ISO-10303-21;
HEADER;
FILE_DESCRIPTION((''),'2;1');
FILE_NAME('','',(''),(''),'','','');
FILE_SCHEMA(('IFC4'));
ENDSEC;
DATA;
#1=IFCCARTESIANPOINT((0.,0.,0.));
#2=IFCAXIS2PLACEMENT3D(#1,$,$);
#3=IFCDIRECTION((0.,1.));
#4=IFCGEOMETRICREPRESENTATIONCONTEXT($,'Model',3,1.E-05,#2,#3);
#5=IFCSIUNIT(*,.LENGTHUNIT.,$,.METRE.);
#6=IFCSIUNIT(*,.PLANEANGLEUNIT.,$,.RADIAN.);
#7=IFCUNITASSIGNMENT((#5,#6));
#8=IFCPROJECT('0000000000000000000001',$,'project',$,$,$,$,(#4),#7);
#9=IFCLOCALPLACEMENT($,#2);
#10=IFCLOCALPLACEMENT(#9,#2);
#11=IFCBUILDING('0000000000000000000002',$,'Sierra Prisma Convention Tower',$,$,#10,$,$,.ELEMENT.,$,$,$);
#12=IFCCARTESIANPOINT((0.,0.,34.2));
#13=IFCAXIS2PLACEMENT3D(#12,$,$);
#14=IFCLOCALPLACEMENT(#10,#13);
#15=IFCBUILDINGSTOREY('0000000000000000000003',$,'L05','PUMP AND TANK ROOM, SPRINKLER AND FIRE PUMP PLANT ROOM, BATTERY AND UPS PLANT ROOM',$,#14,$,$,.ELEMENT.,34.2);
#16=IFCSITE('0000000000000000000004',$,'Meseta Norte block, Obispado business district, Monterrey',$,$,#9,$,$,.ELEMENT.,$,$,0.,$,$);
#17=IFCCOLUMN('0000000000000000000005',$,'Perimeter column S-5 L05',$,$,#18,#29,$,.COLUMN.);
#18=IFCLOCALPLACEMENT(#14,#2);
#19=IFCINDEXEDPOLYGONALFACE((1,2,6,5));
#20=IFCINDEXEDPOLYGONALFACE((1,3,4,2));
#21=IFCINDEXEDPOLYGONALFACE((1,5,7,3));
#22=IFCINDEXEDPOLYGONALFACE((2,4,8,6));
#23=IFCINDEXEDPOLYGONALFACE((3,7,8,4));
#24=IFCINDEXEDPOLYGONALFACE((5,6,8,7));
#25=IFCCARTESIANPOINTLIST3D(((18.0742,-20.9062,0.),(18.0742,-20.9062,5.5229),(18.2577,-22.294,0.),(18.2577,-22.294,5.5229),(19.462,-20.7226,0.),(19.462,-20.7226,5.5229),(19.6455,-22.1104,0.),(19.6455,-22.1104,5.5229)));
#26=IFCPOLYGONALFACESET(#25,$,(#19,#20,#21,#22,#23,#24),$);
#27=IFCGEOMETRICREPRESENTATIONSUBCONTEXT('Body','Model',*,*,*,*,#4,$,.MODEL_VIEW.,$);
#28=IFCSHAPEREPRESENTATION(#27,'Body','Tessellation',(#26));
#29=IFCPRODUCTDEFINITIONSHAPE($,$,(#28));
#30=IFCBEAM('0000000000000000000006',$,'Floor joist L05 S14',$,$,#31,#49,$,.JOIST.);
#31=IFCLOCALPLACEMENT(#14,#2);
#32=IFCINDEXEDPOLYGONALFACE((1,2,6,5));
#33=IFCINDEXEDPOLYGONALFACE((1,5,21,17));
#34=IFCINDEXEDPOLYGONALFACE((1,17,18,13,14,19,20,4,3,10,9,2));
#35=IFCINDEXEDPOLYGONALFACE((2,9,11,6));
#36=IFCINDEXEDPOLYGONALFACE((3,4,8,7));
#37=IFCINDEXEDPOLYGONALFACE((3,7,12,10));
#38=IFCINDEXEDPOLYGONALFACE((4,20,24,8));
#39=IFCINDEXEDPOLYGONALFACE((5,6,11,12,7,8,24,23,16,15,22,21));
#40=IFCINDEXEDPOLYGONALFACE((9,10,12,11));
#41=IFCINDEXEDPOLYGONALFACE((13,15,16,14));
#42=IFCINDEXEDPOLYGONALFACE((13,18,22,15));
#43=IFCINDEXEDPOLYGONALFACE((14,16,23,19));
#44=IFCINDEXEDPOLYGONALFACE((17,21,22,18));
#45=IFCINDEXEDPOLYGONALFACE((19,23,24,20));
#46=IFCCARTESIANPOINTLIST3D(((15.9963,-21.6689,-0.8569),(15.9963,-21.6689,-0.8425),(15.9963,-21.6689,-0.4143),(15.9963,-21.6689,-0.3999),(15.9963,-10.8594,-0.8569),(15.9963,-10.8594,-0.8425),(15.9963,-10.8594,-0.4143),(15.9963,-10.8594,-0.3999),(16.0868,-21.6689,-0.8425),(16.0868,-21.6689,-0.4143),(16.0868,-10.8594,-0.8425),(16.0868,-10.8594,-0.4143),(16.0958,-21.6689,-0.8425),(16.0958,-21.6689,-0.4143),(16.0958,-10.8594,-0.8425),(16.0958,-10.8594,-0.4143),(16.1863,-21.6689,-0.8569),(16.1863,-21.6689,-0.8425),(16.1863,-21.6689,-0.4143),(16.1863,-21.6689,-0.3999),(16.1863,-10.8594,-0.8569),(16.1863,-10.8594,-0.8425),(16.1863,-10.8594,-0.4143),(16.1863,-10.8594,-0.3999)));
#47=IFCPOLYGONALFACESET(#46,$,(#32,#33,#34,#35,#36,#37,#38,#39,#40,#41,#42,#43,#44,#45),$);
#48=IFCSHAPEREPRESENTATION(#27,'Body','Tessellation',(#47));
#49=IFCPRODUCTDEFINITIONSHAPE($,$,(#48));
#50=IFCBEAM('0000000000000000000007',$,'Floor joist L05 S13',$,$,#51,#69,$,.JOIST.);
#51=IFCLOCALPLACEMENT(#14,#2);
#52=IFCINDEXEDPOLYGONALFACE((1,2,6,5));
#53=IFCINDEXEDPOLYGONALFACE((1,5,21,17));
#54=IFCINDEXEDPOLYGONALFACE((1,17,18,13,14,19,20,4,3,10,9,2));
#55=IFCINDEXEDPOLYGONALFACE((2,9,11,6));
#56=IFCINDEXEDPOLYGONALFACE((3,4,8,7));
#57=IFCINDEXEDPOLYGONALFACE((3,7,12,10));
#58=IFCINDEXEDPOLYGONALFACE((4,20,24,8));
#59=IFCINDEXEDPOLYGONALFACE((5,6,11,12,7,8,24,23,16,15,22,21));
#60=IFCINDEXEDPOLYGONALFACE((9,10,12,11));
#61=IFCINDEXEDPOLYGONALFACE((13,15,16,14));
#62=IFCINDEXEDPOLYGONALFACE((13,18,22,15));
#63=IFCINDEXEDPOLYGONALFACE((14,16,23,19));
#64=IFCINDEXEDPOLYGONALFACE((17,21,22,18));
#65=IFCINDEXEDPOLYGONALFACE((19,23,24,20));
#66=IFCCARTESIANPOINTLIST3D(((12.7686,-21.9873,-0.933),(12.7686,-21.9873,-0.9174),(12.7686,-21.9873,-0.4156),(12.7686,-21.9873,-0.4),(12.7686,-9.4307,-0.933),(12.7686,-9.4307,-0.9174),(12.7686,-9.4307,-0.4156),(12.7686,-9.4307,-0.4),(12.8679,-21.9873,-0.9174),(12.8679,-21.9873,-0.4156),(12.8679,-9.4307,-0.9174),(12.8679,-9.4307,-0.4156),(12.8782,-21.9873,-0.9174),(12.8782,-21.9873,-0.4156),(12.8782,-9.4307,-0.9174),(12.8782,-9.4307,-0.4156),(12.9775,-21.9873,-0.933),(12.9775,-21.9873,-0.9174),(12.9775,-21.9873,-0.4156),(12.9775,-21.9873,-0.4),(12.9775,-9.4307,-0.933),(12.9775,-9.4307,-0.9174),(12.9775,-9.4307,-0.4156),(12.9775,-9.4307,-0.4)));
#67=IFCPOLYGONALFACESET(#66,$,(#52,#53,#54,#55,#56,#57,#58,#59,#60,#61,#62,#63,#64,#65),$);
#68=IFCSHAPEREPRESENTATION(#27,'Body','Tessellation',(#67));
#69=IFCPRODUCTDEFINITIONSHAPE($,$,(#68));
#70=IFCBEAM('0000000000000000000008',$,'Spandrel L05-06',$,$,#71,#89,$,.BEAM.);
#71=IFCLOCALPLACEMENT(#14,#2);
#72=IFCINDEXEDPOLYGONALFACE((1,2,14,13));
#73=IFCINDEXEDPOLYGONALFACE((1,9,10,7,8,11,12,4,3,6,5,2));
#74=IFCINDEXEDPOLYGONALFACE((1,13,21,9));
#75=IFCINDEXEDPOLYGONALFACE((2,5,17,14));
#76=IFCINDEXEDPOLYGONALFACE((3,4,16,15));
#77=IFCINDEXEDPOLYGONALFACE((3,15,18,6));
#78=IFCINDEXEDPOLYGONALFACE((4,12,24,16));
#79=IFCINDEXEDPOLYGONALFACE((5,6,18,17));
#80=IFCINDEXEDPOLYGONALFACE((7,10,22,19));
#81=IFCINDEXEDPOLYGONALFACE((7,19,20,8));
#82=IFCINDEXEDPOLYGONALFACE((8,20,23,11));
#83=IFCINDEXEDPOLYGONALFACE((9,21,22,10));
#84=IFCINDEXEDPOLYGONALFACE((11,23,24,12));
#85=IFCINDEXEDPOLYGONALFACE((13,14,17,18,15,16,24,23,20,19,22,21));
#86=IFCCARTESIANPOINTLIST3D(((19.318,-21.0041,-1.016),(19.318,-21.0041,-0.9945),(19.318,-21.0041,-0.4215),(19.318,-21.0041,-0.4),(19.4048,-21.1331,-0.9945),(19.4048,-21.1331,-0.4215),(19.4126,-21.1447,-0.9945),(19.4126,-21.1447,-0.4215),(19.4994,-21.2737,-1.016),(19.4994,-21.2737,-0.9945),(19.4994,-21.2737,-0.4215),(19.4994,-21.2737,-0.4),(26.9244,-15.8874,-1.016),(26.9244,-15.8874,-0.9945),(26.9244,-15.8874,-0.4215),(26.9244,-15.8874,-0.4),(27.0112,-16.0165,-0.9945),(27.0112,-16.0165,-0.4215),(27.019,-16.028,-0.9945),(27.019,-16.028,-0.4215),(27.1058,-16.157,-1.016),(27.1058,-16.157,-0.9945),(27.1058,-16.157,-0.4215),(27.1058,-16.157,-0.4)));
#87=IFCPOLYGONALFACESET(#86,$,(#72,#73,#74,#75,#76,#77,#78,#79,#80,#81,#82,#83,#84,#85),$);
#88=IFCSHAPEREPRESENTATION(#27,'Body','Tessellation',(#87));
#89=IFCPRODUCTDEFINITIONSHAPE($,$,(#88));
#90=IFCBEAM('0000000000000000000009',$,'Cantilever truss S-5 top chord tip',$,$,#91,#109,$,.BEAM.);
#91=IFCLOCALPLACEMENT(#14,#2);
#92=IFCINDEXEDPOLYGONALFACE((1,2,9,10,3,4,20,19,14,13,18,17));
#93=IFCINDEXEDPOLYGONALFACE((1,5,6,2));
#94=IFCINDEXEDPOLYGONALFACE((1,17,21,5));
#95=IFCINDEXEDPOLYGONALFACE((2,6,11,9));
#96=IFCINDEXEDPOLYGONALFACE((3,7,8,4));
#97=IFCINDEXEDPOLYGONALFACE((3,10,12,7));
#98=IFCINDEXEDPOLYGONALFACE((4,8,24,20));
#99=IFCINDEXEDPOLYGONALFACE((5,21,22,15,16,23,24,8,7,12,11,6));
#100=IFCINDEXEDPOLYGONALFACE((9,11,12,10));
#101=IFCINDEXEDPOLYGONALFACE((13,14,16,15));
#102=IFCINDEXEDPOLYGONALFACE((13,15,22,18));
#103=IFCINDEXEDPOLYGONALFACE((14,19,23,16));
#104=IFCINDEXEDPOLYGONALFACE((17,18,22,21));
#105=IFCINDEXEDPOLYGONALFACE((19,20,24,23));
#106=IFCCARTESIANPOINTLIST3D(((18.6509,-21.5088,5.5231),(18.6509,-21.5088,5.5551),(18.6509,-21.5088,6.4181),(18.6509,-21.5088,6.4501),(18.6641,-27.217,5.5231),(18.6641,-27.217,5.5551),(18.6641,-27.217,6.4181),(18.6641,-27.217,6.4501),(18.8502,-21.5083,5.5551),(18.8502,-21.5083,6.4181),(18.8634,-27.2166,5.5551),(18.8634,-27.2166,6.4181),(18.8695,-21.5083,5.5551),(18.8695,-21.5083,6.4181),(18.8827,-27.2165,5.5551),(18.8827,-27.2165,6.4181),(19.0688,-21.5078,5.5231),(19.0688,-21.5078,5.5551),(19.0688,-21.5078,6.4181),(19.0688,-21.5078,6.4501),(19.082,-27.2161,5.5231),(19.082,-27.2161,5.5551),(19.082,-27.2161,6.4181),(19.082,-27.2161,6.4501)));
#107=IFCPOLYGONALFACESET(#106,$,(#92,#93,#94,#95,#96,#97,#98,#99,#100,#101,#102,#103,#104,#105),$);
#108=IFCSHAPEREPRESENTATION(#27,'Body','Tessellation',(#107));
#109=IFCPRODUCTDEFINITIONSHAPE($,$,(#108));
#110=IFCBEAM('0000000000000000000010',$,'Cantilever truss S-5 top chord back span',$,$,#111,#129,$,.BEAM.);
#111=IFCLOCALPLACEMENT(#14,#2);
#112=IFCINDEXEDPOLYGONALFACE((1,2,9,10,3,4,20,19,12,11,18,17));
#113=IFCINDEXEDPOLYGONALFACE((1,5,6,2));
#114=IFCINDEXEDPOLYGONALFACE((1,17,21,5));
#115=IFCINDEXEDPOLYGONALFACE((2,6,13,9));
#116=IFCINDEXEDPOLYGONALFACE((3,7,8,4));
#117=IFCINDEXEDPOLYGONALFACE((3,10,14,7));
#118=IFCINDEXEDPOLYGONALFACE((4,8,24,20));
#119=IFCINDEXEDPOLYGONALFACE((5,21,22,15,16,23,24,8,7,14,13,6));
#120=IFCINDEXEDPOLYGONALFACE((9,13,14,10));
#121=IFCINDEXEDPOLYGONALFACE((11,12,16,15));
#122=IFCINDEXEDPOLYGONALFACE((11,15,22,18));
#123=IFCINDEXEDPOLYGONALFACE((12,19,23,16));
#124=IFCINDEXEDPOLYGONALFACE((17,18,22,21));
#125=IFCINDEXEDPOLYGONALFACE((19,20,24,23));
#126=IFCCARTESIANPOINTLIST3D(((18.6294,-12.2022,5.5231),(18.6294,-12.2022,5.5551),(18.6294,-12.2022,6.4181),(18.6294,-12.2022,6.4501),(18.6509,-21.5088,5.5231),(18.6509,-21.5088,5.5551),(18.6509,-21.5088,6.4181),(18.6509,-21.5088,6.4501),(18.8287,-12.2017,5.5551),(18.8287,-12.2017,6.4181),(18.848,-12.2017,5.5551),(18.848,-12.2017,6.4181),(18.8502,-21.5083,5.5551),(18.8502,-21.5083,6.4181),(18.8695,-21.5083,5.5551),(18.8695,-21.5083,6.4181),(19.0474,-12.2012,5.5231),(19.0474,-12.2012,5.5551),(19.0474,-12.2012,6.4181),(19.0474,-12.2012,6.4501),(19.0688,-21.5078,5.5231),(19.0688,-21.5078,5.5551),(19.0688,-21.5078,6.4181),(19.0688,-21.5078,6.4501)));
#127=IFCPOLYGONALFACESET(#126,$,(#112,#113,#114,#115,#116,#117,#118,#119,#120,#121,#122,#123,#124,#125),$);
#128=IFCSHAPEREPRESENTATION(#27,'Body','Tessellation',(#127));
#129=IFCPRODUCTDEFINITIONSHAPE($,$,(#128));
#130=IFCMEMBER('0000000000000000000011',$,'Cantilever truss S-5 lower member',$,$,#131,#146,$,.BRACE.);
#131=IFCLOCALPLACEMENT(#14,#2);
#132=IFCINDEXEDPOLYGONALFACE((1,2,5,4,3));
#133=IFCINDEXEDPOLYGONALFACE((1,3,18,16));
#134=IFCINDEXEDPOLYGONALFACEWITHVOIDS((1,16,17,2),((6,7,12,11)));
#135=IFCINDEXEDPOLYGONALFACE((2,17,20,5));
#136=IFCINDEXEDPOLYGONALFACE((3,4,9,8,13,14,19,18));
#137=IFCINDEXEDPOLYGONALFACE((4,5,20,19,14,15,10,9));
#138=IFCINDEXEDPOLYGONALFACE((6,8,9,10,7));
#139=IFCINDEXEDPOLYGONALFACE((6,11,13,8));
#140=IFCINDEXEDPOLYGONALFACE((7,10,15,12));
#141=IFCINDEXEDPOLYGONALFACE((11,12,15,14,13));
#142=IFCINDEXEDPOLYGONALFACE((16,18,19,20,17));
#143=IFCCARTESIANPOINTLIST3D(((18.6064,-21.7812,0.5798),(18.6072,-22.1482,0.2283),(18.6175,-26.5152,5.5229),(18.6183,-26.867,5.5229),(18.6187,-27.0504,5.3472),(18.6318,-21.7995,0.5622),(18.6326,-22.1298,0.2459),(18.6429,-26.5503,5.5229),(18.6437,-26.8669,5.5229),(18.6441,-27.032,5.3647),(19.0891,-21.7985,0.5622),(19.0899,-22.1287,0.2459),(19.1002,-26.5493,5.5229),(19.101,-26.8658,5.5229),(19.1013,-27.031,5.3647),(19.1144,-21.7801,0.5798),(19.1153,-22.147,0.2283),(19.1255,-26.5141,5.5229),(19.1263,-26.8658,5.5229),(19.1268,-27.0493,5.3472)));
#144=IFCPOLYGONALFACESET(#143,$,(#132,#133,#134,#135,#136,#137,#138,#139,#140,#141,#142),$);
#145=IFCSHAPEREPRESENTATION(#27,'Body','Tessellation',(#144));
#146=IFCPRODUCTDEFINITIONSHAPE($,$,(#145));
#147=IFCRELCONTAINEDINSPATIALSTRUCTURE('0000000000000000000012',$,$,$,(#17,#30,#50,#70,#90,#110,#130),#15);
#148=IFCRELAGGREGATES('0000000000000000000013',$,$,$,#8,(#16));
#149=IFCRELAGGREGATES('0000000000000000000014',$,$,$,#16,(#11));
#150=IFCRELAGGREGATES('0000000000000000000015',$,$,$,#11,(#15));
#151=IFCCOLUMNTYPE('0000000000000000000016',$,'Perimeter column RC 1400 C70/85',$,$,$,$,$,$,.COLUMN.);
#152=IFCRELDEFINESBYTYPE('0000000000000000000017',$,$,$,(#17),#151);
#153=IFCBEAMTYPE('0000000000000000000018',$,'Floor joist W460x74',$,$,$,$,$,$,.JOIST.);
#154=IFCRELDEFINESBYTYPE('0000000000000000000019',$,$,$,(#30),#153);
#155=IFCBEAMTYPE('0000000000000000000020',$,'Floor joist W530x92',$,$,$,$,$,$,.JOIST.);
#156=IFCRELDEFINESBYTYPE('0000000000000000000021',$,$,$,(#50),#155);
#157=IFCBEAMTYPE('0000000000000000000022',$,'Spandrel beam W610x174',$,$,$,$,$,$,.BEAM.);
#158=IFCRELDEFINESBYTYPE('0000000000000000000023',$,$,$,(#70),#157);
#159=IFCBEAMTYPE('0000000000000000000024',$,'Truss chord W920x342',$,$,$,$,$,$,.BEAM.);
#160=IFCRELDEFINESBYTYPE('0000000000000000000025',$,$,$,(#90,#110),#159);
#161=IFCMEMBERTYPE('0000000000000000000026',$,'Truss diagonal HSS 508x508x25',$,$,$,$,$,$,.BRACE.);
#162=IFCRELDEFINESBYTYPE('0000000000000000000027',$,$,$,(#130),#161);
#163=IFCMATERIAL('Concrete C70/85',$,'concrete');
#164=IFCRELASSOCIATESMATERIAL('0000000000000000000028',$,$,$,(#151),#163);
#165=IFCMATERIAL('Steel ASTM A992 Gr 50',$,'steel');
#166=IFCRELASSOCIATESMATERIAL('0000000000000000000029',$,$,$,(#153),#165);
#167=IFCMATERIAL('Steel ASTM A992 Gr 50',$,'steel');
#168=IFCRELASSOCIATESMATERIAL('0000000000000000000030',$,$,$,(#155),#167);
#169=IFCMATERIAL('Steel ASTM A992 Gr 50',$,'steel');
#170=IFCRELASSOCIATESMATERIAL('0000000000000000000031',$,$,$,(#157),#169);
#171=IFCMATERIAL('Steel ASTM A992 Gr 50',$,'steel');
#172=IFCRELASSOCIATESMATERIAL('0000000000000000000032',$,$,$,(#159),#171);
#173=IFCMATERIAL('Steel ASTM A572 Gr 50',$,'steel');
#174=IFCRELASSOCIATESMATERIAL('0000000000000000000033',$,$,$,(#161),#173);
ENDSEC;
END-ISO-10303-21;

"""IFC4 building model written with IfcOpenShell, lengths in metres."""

from ifc_helpers import new_model, si_unit, direction, frame, origin, origin_2d, place, context, subcontext, project, spatial, rectangle, hollow_rectangle, i_section, extrude, clip, halfspace, material, material_profile, profile_set, type_object, element, save


model = new_model("IFC4")

# Units and contexts
model_context = context("Model", 3, precision=1e-05, world=origin(), true_north=direction((0.0, 1.0)))
body_context = subcontext(model_context, "Body", "Model", "MODEL_VIEW")
ifc_project = project(units=[si_unit("LENGTHUNIT", "METRE"), si_unit("PLANEANGLEUNIT", "RADIAN")], contexts=[model_context])

# Site, building, storey
site_placement = place(None, origin())
site = spatial("IfcSite", under=ifc_project, at=site_placement, Name="Meseta Norte block, Obispado business district, Monterrey", CompositionType="ELEMENT", RefElevation=0.0)
building_placement = place(site_placement, origin())
building = spatial("IfcBuilding", under=site, at=building_placement, Name="Sierra Prisma Convention Tower", CompositionType="ELEMENT")
storey_placement = place(building_placement, frame((0.0, 0.0, 34.2)))
storey = spatial("IfcBuildingStorey", under=building, at=storey_placement, Name="L05", Description="PUMP AND TANK ROOM, SPRINKLER AND FIRE PUMP PLANT ROOM, BATTERY AND UPS PLANT ROOM", CompositionType="ELEMENT", Elevation=34.2)

# Column
ifc_material_1 = material(Name="Concrete C70/85", Category="concrete")
ifc_material_profile_1 = material_profile(ifc_material_1, rectangle(XDim=1.3999, YDim=1.3999, at=origin_2d()), Name="Perimeter column RC 1400 C70/85")
ifc_profile_set_1 = profile_set([ifc_material_profile_1], Name="Concrete C70/85")
column_type = type_object("IfcColumnType", Name="Perimeter column RC 1400 C70/85", PredefinedType="COLUMN", material=ifc_profile_set_1)
column_placement = place(storey_placement, frame((18.8599, -21.5083, 0.0), z_axis=(0.0, 0.0, 1.0), x_axis=(0.991367, 0.131115, 0.0)))
element("IfcColumn", 1, at=column_placement, inside=storey, type_object=column_type, Name="Perimeter column S-5 L05", PredefinedType="COLUMN", context=body_context, shape_type="SweptSolid", body=[
    extrude(rectangle(XDim=1.3999, YDim=1.3999, at=origin_2d()), origin(), (0.0, 0.0, 1.0), 5.5229),
])

# Beams
ifc_material_2 = material(Name="Steel ASTM A992 Gr 50", Category="steel")
ifc_material_profile_2 = material_profile(ifc_material_2, i_section(OverallWidth=0.1899, OverallDepth=0.457, WebThickness=0.009, FlangeThickness=0.0144, at=origin_2d()), Name="W460x74")
ifc_profile_set_2 = profile_set([ifc_material_profile_2], Name="Steel ASTM A992 Gr 50")
beam_type_1 = type_object("IfcBeamType", Name="Floor joist W460x74", PredefinedType="JOIST", material=ifc_profile_set_2)
beam_1_placement = place(storey_placement, frame((16.0913, -21.6689, -0.6284), z_axis=(0.0, 1.0, 0.0), x_axis=(-1.0, 0.0, 0.0)))
element("IfcBeam", 2, at=beam_1_placement, inside=storey, type_object=beam_type_1, Name="Floor joist L05 S14", PredefinedType="JOIST", context=body_context, shape_type="SweptSolid", body=[
    extrude(i_section(OverallWidth=0.1899, OverallDepth=0.457, WebThickness=0.009, FlangeThickness=0.0144, at=origin_2d()), origin(), (0.0, 0.0, 1.0), 10.8096),
])
ifc_material_3 = material(Name="Steel ASTM A992 Gr 50", Category="steel")
ifc_material_profile_3 = material_profile(ifc_material_3, i_section(OverallWidth=0.209, OverallDepth=0.533, WebThickness=0.0103, FlangeThickness=0.0156, at=origin_2d()), Name="W530x92")
ifc_profile_set_3 = profile_set([ifc_material_profile_3], Name="Steel ASTM A992 Gr 50")
beam_type_2 = type_object("IfcBeamType", Name="Floor joist W530x92", PredefinedType="JOIST", material=ifc_profile_set_3)
beam_2_placement = place(storey_placement, frame((12.873, -21.9873, -0.6665), z_axis=(0.0, 1.0, 0.0), x_axis=(-1.0, 0.0, 0.0)))
element("IfcBeam", 3, at=beam_2_placement, inside=storey, type_object=beam_type_2, Name="Floor joist L05 S13", PredefinedType="JOIST", context=body_context, shape_type="SweptSolid", body=[
    extrude(i_section(OverallWidth=0.209, OverallDepth=0.533, WebThickness=0.0103, FlangeThickness=0.0156, at=origin_2d()), origin(), (0.0, 0.0, 1.0), 12.5566),
])
ifc_material_4 = material(Name="Steel ASTM A992 Gr 50", Category="steel")
ifc_material_profile_4 = material_profile(ifc_material_4, i_section(OverallWidth=0.325, OverallDepth=0.616, WebThickness=0.0139, FlangeThickness=0.0215, at=origin_2d()), Name="W610x174")
ifc_profile_set_4 = profile_set([ifc_material_profile_4], Name="Steel ASTM A992 Gr 50")
beam_type_3 = type_object("IfcBeamType", Name="Spandrel beam W610x174", PredefinedType="BEAM", material=ifc_profile_set_4)
beam_3_placement = place(storey_placement, frame((19.4087, -21.1389, -0.708), z_axis=(0.82974, 0.558149, 0.0), x_axis=(-0.558149, 0.82974, 0.0)))
element("IfcBeam", 4, at=beam_3_placement, inside=storey, type_object=beam_type_3, Name="Spandrel L05-06", PredefinedType="BEAM", context=body_context, shape_type="SweptSolid", body=[
    extrude(i_section(OverallWidth=0.325, OverallDepth=0.616, WebThickness=0.0139, FlangeThickness=0.0215, at=origin_2d()), origin(), (0.0, 0.0, 1.0), 9.1672),
])
ifc_material_5 = material(Name="Steel ASTM A992 Gr 50", Category="steel")
ifc_material_profile_5 = material_profile(ifc_material_5, i_section(OverallWidth=0.418, OverallDepth=0.927, WebThickness=0.0193, FlangeThickness=0.032, at=origin_2d()), Name="W920x342")
ifc_profile_set_5 = profile_set([ifc_material_profile_5], Name="Steel ASTM A992 Gr 50")
beam_type_4 = type_object("IfcBeamType", Name="Truss chord W920x342", PredefinedType="BEAM", material=ifc_profile_set_5)
beam_4_placement = place(storey_placement, frame((18.873, -27.2166, 5.9866), z_axis=(-0.00231, 0.999997, 0.0), x_axis=(-0.999997, -0.00231, 0.0)))
element("IfcBeam", 5, at=beam_4_placement, inside=storey, type_object=beam_type_4, Name="Cantilever truss S-5 top chord tip", PredefinedType="BEAM", context=body_context, shape_type="SweptSolid", body=[
    extrude(i_section(OverallWidth=0.418, OverallDepth=0.927, WebThickness=0.0193, FlangeThickness=0.032, at=origin_2d()), origin(), (0.0, 0.0, 1.0), 5.7083),
])
beam_5_placement = place(storey_placement, frame((18.8599, -21.5083, 5.9866), z_axis=(-0.002308, 0.999997, 0.0), x_axis=(-0.999997, -0.002308, 0.0)))
element("IfcBeam", 6, at=beam_5_placement, inside=storey, type_object=beam_type_4, Name="Cantilever truss S-5 top chord back span", PredefinedType="BEAM", context=body_context, shape_type="SweptSolid", body=[
    extrude(i_section(OverallWidth=0.418, OverallDepth=0.927, WebThickness=0.0193, FlangeThickness=0.032, at=origin_2d()), origin(), (0.0, 0.0, 1.0), 9.3066),
])

# Member
ifc_material_6 = material(Name="Steel ASTM A572 Gr 50", Category="steel")
ifc_material_profile_6 = material_profile(ifc_material_6, hollow_rectangle(XDim=0.5081, YDim=0.5081, WallThickness=0.0254, at=origin_2d()), Name="Truss diagonal HSS 508x508x25")
ifc_profile_set_6 = profile_set([ifc_material_profile_6], Name="Steel ASTM A572 Gr 50")
member_type = type_object("IfcMemberType", Name="Truss diagonal HSS 508x508x25", PredefinedType="BRACE", material=ifc_profile_set_6)
member_placement = place(storey_placement, frame((18.8608, -21.9641, 0.4041), z_axis=(0.001619, -0.691664, 0.722217), x_axis=(0.999997, 0.002341, 0.0)))
element("IfcMember", 7, at=member_placement, inside=storey, type_object=member_type, Name="Cantilever truss S-5 lower member", PredefinedType="BRACE", context=body_context, shape_type="SweptSolid", body=[
    clip(extrude(hollow_rectangle(XDim=0.5081, YDim=0.5081, WallThickness=0.0254, at=origin_2d()), origin(), (0.0, 0.0, 1.0), 7.0876), halfspace(frame((0.0, 0.0, 7.0876), z_axis=(0.0, -0.691666, -0.722217), x_axis=(1.0, 0.0, 0.0)), True)),
])

save(model, "model.ifc")
